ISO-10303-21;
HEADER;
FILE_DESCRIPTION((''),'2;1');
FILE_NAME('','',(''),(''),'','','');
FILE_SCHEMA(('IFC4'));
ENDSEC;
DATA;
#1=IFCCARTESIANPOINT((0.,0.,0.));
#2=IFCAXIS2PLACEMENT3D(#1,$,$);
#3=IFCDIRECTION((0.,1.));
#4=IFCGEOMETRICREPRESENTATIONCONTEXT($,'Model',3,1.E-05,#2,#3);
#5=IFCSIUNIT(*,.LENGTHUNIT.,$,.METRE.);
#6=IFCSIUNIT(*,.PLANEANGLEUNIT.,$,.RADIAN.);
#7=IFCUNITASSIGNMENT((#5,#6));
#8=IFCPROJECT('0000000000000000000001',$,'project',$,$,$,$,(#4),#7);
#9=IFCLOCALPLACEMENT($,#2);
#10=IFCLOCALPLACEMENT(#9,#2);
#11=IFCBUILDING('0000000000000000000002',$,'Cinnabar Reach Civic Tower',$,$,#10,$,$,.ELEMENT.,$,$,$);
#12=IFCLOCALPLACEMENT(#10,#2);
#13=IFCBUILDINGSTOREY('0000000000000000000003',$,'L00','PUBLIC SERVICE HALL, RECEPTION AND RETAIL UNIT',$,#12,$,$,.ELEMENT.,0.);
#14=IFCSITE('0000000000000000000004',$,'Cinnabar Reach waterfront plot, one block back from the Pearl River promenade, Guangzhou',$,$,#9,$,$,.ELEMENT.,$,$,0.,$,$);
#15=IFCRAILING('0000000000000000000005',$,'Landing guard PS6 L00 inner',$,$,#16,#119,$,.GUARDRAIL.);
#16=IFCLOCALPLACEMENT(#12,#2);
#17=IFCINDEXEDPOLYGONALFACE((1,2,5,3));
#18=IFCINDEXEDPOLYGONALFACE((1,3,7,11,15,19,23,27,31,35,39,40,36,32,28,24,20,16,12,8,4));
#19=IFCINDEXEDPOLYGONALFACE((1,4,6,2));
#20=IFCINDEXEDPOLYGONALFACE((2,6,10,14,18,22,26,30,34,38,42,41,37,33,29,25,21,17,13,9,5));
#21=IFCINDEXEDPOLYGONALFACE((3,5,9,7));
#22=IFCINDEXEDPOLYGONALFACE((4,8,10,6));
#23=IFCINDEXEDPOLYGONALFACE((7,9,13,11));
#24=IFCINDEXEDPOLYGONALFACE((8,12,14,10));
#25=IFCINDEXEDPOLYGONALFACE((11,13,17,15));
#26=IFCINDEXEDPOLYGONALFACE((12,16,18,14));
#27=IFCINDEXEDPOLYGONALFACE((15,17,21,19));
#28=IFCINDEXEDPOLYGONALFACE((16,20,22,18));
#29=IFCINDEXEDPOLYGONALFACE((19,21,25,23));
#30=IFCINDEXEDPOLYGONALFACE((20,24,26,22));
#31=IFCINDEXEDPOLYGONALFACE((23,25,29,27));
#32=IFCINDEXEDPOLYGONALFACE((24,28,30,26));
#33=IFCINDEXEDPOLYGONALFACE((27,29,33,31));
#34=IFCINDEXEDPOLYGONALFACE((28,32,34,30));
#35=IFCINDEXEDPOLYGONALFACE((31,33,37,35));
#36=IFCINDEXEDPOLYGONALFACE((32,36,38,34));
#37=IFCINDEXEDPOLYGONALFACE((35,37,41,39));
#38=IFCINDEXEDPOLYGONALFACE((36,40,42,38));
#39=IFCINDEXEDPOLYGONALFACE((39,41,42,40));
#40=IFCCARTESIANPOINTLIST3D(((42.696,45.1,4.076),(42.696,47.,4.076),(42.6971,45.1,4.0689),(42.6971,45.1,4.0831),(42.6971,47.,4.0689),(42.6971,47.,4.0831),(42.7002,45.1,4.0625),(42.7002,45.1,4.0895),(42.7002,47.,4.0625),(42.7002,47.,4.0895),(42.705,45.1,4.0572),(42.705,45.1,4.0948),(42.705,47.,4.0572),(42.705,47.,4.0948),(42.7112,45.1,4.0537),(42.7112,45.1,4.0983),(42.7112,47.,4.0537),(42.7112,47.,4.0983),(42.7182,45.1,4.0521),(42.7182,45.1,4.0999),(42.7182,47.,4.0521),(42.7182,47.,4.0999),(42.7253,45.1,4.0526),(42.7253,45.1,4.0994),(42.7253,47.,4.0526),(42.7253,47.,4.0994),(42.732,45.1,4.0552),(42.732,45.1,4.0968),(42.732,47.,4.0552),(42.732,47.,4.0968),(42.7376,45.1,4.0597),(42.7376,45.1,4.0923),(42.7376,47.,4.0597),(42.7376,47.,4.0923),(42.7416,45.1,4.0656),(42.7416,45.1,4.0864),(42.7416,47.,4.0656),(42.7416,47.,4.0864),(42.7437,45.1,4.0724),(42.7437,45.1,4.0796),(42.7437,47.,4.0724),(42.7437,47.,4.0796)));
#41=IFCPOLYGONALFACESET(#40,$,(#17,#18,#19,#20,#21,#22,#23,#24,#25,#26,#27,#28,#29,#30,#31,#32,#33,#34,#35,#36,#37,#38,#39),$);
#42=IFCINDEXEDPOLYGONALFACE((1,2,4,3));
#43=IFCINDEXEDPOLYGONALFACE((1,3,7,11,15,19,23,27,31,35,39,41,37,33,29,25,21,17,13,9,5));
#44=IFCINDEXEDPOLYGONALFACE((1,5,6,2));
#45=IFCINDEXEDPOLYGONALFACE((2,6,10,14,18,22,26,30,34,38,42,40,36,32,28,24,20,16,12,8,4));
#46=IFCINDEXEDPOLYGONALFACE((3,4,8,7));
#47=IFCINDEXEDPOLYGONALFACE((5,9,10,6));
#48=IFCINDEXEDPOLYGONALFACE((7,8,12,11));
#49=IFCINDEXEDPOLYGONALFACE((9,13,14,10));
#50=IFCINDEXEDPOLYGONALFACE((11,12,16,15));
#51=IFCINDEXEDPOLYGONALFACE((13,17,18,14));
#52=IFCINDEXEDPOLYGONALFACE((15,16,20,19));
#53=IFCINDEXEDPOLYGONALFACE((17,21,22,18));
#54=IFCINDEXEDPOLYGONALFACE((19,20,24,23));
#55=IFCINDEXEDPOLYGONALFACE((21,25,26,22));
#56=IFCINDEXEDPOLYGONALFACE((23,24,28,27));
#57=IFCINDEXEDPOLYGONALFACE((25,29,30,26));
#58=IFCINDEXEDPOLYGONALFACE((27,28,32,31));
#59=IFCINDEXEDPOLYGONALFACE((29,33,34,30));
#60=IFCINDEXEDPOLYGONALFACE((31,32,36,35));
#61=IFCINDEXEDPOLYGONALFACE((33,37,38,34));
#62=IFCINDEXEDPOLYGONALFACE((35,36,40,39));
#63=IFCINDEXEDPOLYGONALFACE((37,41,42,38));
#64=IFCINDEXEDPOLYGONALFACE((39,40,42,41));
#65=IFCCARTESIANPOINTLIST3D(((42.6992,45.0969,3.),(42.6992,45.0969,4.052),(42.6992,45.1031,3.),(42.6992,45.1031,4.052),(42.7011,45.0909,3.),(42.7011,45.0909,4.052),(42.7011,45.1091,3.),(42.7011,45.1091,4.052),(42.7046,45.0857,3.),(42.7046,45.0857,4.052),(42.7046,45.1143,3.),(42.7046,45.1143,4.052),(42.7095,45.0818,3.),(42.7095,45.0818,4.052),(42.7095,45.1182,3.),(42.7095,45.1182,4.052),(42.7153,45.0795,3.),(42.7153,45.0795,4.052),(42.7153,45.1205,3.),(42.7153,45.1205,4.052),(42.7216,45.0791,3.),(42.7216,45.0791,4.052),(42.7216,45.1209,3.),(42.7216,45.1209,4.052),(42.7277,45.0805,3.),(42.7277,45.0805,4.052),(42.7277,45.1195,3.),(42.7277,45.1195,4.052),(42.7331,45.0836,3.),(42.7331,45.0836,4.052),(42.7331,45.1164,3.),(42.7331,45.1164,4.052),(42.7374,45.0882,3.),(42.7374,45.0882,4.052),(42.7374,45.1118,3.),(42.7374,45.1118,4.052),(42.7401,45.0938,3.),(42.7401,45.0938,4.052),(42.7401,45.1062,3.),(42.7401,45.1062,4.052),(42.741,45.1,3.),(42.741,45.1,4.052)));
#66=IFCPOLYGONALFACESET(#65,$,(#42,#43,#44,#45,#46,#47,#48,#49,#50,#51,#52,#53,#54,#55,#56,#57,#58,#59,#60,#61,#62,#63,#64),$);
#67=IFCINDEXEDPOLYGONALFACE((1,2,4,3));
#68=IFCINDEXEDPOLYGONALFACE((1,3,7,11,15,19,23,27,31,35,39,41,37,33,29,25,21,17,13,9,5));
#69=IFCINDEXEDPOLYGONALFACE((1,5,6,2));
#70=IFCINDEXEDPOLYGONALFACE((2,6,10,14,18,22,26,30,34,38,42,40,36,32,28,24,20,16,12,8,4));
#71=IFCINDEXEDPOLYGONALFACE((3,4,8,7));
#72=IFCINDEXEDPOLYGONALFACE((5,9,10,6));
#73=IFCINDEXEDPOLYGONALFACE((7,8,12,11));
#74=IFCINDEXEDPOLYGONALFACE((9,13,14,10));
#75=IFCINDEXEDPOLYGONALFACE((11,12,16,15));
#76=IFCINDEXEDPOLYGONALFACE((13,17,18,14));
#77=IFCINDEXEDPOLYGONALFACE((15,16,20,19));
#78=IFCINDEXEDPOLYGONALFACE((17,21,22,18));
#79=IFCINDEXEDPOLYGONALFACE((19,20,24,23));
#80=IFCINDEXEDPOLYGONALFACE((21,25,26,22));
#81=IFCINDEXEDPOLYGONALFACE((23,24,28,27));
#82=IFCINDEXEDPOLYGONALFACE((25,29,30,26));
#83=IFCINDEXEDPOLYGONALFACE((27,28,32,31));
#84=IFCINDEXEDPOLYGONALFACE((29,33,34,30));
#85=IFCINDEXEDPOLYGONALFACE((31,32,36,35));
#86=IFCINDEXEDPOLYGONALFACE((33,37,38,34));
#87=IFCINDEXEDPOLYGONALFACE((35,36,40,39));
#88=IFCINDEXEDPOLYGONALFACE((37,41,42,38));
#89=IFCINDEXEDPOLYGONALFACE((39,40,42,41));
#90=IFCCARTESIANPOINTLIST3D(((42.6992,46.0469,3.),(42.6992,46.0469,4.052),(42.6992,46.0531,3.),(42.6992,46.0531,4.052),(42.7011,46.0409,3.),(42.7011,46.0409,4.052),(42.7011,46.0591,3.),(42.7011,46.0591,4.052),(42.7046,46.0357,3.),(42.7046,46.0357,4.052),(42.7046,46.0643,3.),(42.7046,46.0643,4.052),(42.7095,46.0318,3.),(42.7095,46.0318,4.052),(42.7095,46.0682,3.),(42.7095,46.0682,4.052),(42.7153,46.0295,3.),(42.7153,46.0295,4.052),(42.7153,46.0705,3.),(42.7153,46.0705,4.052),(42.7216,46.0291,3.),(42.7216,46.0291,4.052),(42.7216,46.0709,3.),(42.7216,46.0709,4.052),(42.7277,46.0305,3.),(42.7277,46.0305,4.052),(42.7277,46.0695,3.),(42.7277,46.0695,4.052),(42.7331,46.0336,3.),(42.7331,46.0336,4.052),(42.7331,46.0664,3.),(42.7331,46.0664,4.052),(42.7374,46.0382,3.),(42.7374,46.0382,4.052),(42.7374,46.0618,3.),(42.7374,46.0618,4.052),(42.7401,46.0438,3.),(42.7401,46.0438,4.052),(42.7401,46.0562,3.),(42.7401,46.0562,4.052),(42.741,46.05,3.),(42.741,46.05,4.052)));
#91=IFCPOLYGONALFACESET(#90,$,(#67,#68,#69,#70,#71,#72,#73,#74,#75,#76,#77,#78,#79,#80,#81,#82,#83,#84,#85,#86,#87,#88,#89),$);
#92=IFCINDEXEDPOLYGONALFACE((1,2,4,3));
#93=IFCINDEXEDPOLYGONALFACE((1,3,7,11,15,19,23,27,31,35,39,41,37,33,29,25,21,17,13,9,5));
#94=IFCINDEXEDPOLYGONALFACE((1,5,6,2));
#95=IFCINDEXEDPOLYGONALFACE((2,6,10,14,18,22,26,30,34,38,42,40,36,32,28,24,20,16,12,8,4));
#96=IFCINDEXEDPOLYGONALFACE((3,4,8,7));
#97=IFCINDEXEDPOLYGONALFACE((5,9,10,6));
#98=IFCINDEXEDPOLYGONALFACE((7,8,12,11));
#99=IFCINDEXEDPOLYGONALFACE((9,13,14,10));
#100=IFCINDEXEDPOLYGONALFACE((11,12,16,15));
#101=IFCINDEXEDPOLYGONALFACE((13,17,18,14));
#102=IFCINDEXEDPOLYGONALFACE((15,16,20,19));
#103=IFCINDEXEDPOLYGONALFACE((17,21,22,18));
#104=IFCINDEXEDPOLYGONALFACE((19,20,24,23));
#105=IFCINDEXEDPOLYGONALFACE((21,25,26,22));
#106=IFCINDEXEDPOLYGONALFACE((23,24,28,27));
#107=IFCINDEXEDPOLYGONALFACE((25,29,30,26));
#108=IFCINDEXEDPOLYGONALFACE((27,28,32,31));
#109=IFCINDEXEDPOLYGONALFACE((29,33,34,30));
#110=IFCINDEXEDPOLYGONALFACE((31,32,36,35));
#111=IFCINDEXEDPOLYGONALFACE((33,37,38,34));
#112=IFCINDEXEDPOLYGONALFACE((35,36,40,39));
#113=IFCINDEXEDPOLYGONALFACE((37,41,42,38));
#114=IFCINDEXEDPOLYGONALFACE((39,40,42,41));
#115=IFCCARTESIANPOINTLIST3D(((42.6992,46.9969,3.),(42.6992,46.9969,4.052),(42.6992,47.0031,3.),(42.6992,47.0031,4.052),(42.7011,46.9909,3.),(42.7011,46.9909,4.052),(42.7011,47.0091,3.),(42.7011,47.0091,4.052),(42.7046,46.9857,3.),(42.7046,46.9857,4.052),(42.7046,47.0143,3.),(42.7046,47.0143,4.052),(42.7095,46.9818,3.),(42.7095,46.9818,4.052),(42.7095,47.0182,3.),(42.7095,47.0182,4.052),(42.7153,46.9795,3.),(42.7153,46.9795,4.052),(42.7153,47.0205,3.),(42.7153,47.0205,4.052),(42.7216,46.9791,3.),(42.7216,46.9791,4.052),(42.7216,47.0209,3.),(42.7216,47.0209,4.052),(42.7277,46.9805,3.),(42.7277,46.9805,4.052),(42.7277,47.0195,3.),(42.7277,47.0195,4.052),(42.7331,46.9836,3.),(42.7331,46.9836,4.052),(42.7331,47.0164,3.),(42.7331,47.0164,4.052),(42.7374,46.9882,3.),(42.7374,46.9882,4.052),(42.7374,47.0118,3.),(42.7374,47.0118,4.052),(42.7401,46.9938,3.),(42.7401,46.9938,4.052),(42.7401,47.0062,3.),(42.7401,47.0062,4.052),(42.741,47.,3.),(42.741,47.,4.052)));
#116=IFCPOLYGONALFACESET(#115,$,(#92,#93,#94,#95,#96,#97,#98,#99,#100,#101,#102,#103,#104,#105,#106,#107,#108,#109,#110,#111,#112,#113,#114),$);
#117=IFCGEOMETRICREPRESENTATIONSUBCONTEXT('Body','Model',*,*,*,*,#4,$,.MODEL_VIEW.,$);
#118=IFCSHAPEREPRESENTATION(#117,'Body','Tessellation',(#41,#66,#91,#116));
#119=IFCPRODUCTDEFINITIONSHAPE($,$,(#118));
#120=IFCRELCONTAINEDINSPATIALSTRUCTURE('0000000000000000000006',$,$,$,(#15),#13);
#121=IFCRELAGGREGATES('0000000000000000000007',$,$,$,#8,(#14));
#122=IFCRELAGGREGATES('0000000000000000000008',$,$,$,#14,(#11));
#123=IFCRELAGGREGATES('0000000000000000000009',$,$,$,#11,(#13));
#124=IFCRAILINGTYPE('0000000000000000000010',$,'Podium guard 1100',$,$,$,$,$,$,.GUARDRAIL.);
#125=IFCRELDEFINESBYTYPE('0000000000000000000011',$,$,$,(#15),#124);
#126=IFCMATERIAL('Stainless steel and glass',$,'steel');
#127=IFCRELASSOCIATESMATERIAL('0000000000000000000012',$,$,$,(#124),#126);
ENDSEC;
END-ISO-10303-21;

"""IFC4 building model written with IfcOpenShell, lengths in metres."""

from ifc_helpers import new_model, si_unit, direction, frame, origin, origin_2d, place, context, subcontext, project, spatial, circle, extrude, material, type_object, element, save


model = new_model("IFC4")

# Units and contexts
model_context = context("Model", 3, precision=1e-05, world=origin(), true_north=direction((0.0, 1.0)))
body_context = subcontext(model_context, "Body", "Model", "MODEL_VIEW")
ifc_project = project(units=[si_unit("LENGTHUNIT", "METRE"), si_unit("PLANEANGLEUNIT", "RADIAN")], contexts=[model_context])

# Site, building, storey
site_placement = place(None, origin())
site = spatial("IfcSite", under=ifc_project, at=site_placement, Name="Cinnabar Reach waterfront plot, one block back from the Pearl River promenade, Guangzhou", CompositionType="ELEMENT", RefElevation=0.0)
building_placement = place(site_placement, origin())
building = spatial("IfcBuilding", under=site, at=building_placement, Name="Cinnabar Reach Civic Tower", CompositionType="ELEMENT")
storey_placement = place(building_placement, origin())
storey = spatial("IfcBuildingStorey", under=building, at=storey_placement, Name="L00", Description="PUBLIC SERVICE HALL, RECEPTION AND RETAIL UNIT", CompositionType="ELEMENT", Elevation=0.0)

# Railing
ifc_material_1 = material(Name="Stainless steel and glass", Category="steel")
railing_type = type_object("IfcRailingType", Name="Podium guard 1100", PredefinedType="GUARDRAIL", material=ifc_material_1)
railing_1_placement = place(storey_placement, frame((42.72, 45.1, 3.0)))
element("IfcRailing", 1, at=railing_1_placement, inside=storey, type_object=railing_type, Name="Landing guard PS6 L00 inner", PredefinedType="GUARDRAIL", context=body_context, shape_type="SweptSolid", body=[
    extrude(circle(Radius=0.024, at=origin_2d()), frame((0.0, 0.0, 1.076), z_axis=(0.0, 1.0, 0.0), x_axis=(-1.0, 0.0, 0.0)), (0.0, 0.0, 1.0), 1.9),
    extrude(circle(Radius=0.021, at=origin_2d()), origin(), (0.0, 0.0, 1.0), 1.052),
    extrude(circle(Radius=0.021, at=origin_2d()), frame((0.0, 0.95, 0.0)), (0.0, 0.0, 1.0), 1.052),
    extrude(circle(Radius=0.021, at=origin_2d()), frame((0.0, 1.9, 0.0)), (0.0, 0.0, 1.0), 1.052),
])

save(model, "model.ifc")
